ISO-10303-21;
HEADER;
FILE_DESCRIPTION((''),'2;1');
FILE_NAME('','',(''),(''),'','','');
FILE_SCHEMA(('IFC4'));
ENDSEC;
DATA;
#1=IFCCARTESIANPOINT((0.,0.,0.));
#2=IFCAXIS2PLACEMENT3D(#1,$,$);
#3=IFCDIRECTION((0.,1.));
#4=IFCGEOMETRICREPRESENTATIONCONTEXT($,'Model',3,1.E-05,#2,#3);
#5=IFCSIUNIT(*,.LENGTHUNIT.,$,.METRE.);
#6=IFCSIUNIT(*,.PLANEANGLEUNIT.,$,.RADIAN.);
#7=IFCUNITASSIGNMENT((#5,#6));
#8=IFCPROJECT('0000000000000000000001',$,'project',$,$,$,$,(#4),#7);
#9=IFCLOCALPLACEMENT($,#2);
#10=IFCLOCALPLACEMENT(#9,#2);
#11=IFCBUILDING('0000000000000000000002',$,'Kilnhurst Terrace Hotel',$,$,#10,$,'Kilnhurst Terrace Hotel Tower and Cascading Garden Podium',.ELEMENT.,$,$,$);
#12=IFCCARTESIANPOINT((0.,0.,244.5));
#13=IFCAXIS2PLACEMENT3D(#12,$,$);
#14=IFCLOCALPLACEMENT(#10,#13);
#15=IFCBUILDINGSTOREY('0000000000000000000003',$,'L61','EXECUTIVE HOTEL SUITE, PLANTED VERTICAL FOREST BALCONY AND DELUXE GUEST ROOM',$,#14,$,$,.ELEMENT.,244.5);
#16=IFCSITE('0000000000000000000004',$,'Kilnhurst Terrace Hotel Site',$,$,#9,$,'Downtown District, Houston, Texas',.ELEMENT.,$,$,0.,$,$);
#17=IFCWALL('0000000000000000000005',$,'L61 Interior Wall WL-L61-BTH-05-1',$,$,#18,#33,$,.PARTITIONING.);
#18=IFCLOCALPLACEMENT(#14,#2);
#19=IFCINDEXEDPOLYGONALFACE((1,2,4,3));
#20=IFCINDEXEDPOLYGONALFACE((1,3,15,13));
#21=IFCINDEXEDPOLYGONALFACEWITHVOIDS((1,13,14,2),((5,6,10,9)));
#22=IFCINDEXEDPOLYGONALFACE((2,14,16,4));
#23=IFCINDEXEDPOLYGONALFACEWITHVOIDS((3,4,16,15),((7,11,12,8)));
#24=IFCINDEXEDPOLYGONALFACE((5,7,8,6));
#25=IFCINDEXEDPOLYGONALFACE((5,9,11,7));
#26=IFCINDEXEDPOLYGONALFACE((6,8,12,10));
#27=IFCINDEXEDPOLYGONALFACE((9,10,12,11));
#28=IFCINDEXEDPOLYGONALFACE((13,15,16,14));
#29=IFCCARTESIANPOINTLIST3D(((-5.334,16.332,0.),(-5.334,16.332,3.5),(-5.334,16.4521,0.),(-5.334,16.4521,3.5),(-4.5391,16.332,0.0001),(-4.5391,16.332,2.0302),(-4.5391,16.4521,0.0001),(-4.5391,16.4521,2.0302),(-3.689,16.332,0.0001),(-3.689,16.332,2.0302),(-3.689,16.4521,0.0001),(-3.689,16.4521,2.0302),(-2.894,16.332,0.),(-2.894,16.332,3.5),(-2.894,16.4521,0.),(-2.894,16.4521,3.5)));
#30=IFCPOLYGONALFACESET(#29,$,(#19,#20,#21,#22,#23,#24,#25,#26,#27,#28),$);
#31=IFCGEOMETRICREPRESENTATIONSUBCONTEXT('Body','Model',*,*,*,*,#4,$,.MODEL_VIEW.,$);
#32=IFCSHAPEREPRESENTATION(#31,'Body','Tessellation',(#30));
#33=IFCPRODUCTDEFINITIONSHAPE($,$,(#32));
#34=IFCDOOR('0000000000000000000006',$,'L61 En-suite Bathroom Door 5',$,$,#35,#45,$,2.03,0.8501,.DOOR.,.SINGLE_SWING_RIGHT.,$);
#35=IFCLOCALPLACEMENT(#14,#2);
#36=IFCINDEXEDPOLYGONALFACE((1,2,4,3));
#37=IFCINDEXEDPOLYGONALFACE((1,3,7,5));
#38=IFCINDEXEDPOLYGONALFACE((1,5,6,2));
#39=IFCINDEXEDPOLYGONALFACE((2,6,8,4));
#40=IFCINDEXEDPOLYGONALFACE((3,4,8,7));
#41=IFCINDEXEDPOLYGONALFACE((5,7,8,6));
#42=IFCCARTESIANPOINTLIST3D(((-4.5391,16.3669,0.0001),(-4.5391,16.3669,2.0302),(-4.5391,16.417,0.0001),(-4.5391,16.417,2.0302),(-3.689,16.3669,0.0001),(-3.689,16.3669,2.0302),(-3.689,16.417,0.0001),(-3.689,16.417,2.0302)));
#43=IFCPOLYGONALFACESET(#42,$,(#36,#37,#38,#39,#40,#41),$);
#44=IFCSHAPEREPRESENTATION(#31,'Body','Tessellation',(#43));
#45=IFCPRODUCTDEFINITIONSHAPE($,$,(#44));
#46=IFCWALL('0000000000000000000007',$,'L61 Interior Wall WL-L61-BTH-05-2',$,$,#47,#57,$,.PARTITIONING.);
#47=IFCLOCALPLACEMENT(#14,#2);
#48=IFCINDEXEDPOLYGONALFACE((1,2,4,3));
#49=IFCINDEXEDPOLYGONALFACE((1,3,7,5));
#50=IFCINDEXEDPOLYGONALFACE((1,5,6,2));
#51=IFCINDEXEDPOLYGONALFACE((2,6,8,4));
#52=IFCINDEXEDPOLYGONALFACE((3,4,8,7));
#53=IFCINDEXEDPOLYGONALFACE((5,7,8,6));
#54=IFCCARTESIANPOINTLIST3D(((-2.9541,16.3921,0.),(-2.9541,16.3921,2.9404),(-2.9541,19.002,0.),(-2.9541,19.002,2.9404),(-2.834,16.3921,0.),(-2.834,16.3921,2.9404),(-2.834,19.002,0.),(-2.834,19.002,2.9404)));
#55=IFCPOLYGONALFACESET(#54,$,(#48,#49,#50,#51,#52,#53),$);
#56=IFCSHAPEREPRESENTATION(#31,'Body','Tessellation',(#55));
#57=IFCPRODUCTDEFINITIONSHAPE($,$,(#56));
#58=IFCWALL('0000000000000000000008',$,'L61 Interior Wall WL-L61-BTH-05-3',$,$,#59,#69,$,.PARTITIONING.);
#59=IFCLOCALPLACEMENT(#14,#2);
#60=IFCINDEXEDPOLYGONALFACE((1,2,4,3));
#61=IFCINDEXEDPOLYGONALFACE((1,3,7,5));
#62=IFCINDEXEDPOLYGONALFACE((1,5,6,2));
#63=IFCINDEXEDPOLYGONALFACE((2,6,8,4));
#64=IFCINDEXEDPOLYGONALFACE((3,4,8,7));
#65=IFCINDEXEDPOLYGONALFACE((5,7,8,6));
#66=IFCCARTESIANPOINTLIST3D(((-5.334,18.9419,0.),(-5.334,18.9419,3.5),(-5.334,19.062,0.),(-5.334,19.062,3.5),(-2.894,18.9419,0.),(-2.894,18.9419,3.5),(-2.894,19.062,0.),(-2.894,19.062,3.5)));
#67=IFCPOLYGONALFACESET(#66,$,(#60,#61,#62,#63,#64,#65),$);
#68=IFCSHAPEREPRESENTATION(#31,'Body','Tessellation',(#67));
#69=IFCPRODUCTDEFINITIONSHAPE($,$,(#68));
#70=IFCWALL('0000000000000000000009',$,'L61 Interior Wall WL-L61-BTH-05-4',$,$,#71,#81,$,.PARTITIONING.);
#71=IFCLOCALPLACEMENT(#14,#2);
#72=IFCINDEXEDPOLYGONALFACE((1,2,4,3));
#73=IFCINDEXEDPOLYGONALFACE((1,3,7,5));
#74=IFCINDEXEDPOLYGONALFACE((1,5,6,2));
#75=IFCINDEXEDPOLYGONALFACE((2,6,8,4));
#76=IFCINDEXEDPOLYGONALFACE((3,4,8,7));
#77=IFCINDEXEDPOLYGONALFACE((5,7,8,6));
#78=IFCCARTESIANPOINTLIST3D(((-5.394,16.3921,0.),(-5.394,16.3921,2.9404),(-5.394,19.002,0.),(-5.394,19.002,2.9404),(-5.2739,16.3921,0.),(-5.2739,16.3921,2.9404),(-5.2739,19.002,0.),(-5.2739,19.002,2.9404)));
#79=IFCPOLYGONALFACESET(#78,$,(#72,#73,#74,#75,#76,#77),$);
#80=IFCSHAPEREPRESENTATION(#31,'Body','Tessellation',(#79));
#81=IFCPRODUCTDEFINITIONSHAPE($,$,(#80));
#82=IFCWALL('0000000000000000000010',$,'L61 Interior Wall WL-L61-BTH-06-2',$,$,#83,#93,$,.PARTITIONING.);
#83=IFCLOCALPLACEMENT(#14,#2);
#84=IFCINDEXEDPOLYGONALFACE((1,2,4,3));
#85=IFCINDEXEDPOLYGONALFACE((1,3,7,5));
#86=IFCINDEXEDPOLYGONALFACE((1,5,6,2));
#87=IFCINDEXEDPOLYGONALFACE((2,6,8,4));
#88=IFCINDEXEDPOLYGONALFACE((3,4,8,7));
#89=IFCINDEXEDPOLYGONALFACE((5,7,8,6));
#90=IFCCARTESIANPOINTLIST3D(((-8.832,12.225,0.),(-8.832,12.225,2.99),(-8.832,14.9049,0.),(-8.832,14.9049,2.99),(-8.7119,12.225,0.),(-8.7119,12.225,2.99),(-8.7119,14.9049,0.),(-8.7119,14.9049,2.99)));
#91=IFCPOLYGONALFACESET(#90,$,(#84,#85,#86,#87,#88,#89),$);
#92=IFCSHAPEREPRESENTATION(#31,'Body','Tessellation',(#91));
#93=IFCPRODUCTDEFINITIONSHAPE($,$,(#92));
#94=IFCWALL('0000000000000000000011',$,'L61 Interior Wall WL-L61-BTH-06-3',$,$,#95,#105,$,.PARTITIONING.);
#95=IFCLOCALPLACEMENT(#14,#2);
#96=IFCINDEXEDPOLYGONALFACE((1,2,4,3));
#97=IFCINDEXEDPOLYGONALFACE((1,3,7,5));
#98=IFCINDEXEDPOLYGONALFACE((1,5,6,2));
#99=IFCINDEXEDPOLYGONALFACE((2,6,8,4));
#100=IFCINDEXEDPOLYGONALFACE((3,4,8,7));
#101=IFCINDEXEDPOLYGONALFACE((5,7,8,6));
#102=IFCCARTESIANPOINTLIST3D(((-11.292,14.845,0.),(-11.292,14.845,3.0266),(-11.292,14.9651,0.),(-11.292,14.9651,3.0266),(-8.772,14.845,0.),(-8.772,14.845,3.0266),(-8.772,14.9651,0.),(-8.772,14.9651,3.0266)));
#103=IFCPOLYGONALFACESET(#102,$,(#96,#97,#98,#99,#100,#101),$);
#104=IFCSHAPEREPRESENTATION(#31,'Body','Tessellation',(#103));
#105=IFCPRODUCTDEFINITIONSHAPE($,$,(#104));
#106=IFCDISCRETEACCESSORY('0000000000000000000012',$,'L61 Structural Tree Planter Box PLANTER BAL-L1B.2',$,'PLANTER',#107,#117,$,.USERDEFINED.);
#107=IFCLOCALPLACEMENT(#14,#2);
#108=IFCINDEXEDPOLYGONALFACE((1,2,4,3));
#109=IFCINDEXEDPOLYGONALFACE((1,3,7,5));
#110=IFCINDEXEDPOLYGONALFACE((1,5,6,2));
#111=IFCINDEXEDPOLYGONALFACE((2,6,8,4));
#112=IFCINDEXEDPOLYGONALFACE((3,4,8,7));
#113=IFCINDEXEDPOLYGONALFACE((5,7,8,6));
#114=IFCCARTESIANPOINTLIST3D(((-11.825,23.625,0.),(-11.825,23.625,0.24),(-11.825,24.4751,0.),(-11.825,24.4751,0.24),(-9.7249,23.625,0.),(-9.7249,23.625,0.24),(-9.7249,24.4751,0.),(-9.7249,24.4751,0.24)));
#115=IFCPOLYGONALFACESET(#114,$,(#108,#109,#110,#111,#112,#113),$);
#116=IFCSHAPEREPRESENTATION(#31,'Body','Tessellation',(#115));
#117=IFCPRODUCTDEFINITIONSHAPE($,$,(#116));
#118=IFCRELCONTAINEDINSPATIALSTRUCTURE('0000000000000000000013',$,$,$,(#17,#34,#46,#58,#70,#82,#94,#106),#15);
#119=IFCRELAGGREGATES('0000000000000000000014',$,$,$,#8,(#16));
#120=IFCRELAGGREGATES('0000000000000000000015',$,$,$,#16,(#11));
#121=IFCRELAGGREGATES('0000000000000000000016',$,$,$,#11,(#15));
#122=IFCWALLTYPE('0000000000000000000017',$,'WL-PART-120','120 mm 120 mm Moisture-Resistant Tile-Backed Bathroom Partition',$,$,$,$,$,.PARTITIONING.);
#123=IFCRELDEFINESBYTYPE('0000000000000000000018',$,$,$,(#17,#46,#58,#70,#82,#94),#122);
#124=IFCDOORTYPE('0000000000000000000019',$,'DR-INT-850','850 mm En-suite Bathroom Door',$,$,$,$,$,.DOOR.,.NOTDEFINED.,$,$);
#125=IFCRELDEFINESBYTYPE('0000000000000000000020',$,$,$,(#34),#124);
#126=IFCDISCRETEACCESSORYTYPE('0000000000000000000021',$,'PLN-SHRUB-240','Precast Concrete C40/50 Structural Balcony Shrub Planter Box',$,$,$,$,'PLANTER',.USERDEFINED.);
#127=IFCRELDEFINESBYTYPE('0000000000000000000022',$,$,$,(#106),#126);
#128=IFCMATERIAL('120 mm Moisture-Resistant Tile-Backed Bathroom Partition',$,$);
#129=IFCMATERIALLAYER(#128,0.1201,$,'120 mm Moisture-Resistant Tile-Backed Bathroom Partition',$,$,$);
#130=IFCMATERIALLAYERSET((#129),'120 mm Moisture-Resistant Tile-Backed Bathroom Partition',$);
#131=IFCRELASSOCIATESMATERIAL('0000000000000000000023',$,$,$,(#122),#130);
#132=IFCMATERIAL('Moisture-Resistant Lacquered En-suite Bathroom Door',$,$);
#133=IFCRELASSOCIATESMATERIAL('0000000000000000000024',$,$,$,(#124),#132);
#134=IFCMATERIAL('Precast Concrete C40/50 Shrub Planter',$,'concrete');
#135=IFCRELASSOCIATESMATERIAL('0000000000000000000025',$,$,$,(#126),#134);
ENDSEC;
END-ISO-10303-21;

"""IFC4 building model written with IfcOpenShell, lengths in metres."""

from ifc_helpers import new_model, si_unit, direction, frame, frame_2d, origin, origin_2d, place, context, subcontext, project, spatial, rectangle, extrude, material, layer, layer_set, type_object, element, fill, save


model = new_model("IFC4")

# Units and contexts
model_context = context("Model", 3, precision=1e-05, world=origin(), true_north=direction((0.0, 1.0)))
body_context = subcontext(model_context, "Body", "Model", "MODEL_VIEW")
ifc_project = project(units=[si_unit("LENGTHUNIT", "METRE"), si_unit("PLANEANGLEUNIT", "RADIAN")], contexts=[model_context])

# Site, building, storey
site_placement = place(None, origin())
site = spatial("IfcSite", under=ifc_project, at=site_placement, Name="Kilnhurst Terrace Hotel Site", LongName="Downtown District, Houston, Texas", CompositionType="ELEMENT", RefElevation=0.0)
building_placement = place(site_placement, origin())
building = spatial("IfcBuilding", under=site, at=building_placement, Name="Kilnhurst Terrace Hotel", LongName="Kilnhurst Terrace Hotel Tower and Cascading Garden Podium", CompositionType="ELEMENT")
storey_placement = place(building_placement, frame((0.0, 0.0, 244.5)))
storey = spatial("IfcBuildingStorey", under=building, at=storey_placement, Name="L61", Description="EXECUTIVE HOTEL SUITE, PLANTED VERTICAL FOREST BALCONY AND DELUXE GUEST ROOM", CompositionType="ELEMENT", Elevation=244.5)

# Wall, opening, door
ifc_material_1 = material(Name="120 mm Moisture-Resistant Tile-Backed Bathroom Partition")
ifc_layer_1 = layer(ifc_material_1, 0.1201, Name="120 mm Moisture-Resistant Tile-Backed Bathroom Partition")
ifc_layer_set_1 = layer_set([ifc_layer_1], Name="120 mm Moisture-Resistant Tile-Backed Bathroom Partition")
wall_type_1 = type_object("IfcWallType", Name="WL-PART-120", Description="120 mm 120 mm Moisture-Resistant Tile-Backed Bathroom Partition", PredefinedType="PARTITIONING", material=ifc_layer_set_1)
wall_1_placement = place(storey_placement, frame((-5.334, 16.3921, 0.0), z_axis=(0.0, 0.0, 1.0), x_axis=(1.0, 0.0, 0.0)))
wall_1 = element("IfcWall", 1, at=wall_1_placement, inside=storey, type_object=wall_type_1, Name="L61 Interior Wall WL-L61-BTH-05-1", PredefinedType="PARTITIONING", context=body_context, shape_type="SweptSolid", body=[
    extrude(rectangle(XDim=2.4399, YDim=0.1201, at=frame_2d((1.22, 0.0))), origin(), (0.0, 0.0, 1.0), 3.5),
])
opening_placement = place(wall_1_placement, frame((0.7949, 0.0, 0.0)))
opening = element("IfcOpeningElement", 2, at=opening_placement, cuts=wall_1, PredefinedType="OPENING", context=body_context, shape_type="SweptSolid", body=[
    extrude(rectangle(XDim=0.8501, YDim=2.03, at=frame_2d((0.425, 1.0151))), frame((0.0, 0.0701, 0.0), z_axis=(0.0, -1.0, 0.0), x_axis=(1.0, 0.0, 0.0)), (0.0, 0.0, 1.0), 0.1401),
])
ifc_material_2 = material(Name="Moisture-Resistant Lacquered En-suite Bathroom Door")
door_type = type_object("IfcDoorType", Name="DR-INT-850", Description="850 mm En-suite Bathroom Door", OperationType="NOTDEFINED", PredefinedType="DOOR", material=ifc_material_2)
door_placement = place(opening_placement, origin())
door = element("IfcDoor", 3, at=door_placement, inside=storey, type_object=door_type, Name="L61 En-suite Bathroom Door 5", OperationType="SINGLE_SWING_RIGHT", OverallHeight=2.03, OverallWidth=0.8501, PredefinedType="DOOR", context=body_context, shape_type="SweptSolid", body=[
    extrude(rectangle(XDim=0.8501, YDim=2.03, at=frame_2d((0.425, 1.0151))), frame((0.0, 0.0249, 0.0), z_axis=(0.0, -1.0, 0.0), x_axis=(1.0, 0.0, 0.0)), (0.0, 0.0, 1.0), 0.05),
])
fill(opening, door)

# Walls
wall_2_placement = place(storey_placement, frame((-2.894, 16.3921, 0.0), z_axis=(0.0, 0.0, 1.0), x_axis=(0.0, 1.0, 0.0)))
element("IfcWall", 4, at=wall_2_placement, inside=storey, type_object=wall_type_1, Name="L61 Interior Wall WL-L61-BTH-05-2", PredefinedType="PARTITIONING", context=body_context, shape_type="SweptSolid", body=[
    extrude(rectangle(XDim=2.6099, YDim=0.1201, at=frame_2d((1.3049, 0.0))), origin(), (0.0, 0.0, 1.0), 2.9404),
])
wall_3_placement = place(storey_placement, frame((-2.894, 19.002, 0.0), z_axis=(0.0, 0.0, 1.0), x_axis=(-1.0, 0.0, 0.0)))
element("IfcWall", 5, at=wall_3_placement, inside=storey, type_object=wall_type_1, Name="L61 Interior Wall WL-L61-BTH-05-3", PredefinedType="PARTITIONING", context=body_context, shape_type="SweptSolid", body=[
    extrude(rectangle(XDim=2.4399, YDim=0.1201, at=frame_2d((1.22, 0.0))), origin(), (0.0, 0.0, 1.0), 3.5),
])
wall_4_placement = place(storey_placement, frame((-5.334, 19.002, 0.0), z_axis=(0.0, 0.0, 1.0), x_axis=(0.0, -1.0, 0.0)))
element("IfcWall", 6, at=wall_4_placement, inside=storey, type_object=wall_type_1, Name="L61 Interior Wall WL-L61-BTH-05-4", PredefinedType="PARTITIONING", context=body_context, shape_type="SweptSolid", body=[
    extrude(rectangle(XDim=2.6099, YDim=0.1201, at=frame_2d((1.3049, 0.0))), origin(), (0.0, 0.0, 1.0), 2.9404),
])
wall_5_placement = place(storey_placement, frame((-8.772, 12.2251, 0.0), z_axis=(0.0, 0.0, 1.0), x_axis=(0.0, 1.0, 0.0)))
element("IfcWall", 7, at=wall_5_placement, inside=storey, type_object=wall_type_1, Name="L61 Interior Wall WL-L61-BTH-06-2", PredefinedType="PARTITIONING", context=body_context, shape_type="SweptSolid", body=[
    extrude(rectangle(XDim=2.6799, YDim=0.1201, at=frame_2d((1.3398, 0.0))), origin(), (0.0, 0.0, 1.0), 2.99),
])
wall_6_placement = place(storey_placement, frame((-8.772, 14.905, 0.0), z_axis=(0.0, 0.0, 1.0), x_axis=(-1.0, 0.0, 0.0)))
element("IfcWall", 8, at=wall_6_placement, inside=storey, type_object=wall_type_1, Name="L61 Interior Wall WL-L61-BTH-06-3", PredefinedType="PARTITIONING", context=body_context, shape_type="SweptSolid", body=[
    extrude(rectangle(XDim=2.52, YDim=0.1201, at=frame_2d((1.26, 0.0))), origin(), (0.0, 0.0, 1.0), 3.0266),
])

# Discrete accessory
ifc_material_3 = material(Name="Precast Concrete C40/50 Shrub Planter", Category="concrete")
discrete_accessory_type = type_object("IfcDiscreteAccessoryType", Name="PLN-SHRUB-240", Description="Precast Concrete C40/50 Structural Balcony Shrub Planter Box", ElementType="PLANTER", PredefinedType="USERDEFINED", material=ifc_material_3)
discrete_accessory_placement = place(storey_placement, frame((-10.7749, 24.05, 0.0), z_axis=(0.0, 0.0, 1.0), x_axis=(-1.0, 0.0, 0.0)))
element("IfcDiscreteAccessory", 9, at=discrete_accessory_placement, inside=storey, type_object=discrete_accessory_type, Name="L61 Structural Tree Planter Box PLANTER BAL-L1B.2", ObjectType="PLANTER", PredefinedType="USERDEFINED", context=body_context, shape_type="SweptSolid", body=[
    extrude(rectangle(XDim=2.1001, YDim=0.8501, at=origin_2d()), origin(), (0.0, 0.0, 1.0), 0.24),
])

save(model, "model.ifc")
